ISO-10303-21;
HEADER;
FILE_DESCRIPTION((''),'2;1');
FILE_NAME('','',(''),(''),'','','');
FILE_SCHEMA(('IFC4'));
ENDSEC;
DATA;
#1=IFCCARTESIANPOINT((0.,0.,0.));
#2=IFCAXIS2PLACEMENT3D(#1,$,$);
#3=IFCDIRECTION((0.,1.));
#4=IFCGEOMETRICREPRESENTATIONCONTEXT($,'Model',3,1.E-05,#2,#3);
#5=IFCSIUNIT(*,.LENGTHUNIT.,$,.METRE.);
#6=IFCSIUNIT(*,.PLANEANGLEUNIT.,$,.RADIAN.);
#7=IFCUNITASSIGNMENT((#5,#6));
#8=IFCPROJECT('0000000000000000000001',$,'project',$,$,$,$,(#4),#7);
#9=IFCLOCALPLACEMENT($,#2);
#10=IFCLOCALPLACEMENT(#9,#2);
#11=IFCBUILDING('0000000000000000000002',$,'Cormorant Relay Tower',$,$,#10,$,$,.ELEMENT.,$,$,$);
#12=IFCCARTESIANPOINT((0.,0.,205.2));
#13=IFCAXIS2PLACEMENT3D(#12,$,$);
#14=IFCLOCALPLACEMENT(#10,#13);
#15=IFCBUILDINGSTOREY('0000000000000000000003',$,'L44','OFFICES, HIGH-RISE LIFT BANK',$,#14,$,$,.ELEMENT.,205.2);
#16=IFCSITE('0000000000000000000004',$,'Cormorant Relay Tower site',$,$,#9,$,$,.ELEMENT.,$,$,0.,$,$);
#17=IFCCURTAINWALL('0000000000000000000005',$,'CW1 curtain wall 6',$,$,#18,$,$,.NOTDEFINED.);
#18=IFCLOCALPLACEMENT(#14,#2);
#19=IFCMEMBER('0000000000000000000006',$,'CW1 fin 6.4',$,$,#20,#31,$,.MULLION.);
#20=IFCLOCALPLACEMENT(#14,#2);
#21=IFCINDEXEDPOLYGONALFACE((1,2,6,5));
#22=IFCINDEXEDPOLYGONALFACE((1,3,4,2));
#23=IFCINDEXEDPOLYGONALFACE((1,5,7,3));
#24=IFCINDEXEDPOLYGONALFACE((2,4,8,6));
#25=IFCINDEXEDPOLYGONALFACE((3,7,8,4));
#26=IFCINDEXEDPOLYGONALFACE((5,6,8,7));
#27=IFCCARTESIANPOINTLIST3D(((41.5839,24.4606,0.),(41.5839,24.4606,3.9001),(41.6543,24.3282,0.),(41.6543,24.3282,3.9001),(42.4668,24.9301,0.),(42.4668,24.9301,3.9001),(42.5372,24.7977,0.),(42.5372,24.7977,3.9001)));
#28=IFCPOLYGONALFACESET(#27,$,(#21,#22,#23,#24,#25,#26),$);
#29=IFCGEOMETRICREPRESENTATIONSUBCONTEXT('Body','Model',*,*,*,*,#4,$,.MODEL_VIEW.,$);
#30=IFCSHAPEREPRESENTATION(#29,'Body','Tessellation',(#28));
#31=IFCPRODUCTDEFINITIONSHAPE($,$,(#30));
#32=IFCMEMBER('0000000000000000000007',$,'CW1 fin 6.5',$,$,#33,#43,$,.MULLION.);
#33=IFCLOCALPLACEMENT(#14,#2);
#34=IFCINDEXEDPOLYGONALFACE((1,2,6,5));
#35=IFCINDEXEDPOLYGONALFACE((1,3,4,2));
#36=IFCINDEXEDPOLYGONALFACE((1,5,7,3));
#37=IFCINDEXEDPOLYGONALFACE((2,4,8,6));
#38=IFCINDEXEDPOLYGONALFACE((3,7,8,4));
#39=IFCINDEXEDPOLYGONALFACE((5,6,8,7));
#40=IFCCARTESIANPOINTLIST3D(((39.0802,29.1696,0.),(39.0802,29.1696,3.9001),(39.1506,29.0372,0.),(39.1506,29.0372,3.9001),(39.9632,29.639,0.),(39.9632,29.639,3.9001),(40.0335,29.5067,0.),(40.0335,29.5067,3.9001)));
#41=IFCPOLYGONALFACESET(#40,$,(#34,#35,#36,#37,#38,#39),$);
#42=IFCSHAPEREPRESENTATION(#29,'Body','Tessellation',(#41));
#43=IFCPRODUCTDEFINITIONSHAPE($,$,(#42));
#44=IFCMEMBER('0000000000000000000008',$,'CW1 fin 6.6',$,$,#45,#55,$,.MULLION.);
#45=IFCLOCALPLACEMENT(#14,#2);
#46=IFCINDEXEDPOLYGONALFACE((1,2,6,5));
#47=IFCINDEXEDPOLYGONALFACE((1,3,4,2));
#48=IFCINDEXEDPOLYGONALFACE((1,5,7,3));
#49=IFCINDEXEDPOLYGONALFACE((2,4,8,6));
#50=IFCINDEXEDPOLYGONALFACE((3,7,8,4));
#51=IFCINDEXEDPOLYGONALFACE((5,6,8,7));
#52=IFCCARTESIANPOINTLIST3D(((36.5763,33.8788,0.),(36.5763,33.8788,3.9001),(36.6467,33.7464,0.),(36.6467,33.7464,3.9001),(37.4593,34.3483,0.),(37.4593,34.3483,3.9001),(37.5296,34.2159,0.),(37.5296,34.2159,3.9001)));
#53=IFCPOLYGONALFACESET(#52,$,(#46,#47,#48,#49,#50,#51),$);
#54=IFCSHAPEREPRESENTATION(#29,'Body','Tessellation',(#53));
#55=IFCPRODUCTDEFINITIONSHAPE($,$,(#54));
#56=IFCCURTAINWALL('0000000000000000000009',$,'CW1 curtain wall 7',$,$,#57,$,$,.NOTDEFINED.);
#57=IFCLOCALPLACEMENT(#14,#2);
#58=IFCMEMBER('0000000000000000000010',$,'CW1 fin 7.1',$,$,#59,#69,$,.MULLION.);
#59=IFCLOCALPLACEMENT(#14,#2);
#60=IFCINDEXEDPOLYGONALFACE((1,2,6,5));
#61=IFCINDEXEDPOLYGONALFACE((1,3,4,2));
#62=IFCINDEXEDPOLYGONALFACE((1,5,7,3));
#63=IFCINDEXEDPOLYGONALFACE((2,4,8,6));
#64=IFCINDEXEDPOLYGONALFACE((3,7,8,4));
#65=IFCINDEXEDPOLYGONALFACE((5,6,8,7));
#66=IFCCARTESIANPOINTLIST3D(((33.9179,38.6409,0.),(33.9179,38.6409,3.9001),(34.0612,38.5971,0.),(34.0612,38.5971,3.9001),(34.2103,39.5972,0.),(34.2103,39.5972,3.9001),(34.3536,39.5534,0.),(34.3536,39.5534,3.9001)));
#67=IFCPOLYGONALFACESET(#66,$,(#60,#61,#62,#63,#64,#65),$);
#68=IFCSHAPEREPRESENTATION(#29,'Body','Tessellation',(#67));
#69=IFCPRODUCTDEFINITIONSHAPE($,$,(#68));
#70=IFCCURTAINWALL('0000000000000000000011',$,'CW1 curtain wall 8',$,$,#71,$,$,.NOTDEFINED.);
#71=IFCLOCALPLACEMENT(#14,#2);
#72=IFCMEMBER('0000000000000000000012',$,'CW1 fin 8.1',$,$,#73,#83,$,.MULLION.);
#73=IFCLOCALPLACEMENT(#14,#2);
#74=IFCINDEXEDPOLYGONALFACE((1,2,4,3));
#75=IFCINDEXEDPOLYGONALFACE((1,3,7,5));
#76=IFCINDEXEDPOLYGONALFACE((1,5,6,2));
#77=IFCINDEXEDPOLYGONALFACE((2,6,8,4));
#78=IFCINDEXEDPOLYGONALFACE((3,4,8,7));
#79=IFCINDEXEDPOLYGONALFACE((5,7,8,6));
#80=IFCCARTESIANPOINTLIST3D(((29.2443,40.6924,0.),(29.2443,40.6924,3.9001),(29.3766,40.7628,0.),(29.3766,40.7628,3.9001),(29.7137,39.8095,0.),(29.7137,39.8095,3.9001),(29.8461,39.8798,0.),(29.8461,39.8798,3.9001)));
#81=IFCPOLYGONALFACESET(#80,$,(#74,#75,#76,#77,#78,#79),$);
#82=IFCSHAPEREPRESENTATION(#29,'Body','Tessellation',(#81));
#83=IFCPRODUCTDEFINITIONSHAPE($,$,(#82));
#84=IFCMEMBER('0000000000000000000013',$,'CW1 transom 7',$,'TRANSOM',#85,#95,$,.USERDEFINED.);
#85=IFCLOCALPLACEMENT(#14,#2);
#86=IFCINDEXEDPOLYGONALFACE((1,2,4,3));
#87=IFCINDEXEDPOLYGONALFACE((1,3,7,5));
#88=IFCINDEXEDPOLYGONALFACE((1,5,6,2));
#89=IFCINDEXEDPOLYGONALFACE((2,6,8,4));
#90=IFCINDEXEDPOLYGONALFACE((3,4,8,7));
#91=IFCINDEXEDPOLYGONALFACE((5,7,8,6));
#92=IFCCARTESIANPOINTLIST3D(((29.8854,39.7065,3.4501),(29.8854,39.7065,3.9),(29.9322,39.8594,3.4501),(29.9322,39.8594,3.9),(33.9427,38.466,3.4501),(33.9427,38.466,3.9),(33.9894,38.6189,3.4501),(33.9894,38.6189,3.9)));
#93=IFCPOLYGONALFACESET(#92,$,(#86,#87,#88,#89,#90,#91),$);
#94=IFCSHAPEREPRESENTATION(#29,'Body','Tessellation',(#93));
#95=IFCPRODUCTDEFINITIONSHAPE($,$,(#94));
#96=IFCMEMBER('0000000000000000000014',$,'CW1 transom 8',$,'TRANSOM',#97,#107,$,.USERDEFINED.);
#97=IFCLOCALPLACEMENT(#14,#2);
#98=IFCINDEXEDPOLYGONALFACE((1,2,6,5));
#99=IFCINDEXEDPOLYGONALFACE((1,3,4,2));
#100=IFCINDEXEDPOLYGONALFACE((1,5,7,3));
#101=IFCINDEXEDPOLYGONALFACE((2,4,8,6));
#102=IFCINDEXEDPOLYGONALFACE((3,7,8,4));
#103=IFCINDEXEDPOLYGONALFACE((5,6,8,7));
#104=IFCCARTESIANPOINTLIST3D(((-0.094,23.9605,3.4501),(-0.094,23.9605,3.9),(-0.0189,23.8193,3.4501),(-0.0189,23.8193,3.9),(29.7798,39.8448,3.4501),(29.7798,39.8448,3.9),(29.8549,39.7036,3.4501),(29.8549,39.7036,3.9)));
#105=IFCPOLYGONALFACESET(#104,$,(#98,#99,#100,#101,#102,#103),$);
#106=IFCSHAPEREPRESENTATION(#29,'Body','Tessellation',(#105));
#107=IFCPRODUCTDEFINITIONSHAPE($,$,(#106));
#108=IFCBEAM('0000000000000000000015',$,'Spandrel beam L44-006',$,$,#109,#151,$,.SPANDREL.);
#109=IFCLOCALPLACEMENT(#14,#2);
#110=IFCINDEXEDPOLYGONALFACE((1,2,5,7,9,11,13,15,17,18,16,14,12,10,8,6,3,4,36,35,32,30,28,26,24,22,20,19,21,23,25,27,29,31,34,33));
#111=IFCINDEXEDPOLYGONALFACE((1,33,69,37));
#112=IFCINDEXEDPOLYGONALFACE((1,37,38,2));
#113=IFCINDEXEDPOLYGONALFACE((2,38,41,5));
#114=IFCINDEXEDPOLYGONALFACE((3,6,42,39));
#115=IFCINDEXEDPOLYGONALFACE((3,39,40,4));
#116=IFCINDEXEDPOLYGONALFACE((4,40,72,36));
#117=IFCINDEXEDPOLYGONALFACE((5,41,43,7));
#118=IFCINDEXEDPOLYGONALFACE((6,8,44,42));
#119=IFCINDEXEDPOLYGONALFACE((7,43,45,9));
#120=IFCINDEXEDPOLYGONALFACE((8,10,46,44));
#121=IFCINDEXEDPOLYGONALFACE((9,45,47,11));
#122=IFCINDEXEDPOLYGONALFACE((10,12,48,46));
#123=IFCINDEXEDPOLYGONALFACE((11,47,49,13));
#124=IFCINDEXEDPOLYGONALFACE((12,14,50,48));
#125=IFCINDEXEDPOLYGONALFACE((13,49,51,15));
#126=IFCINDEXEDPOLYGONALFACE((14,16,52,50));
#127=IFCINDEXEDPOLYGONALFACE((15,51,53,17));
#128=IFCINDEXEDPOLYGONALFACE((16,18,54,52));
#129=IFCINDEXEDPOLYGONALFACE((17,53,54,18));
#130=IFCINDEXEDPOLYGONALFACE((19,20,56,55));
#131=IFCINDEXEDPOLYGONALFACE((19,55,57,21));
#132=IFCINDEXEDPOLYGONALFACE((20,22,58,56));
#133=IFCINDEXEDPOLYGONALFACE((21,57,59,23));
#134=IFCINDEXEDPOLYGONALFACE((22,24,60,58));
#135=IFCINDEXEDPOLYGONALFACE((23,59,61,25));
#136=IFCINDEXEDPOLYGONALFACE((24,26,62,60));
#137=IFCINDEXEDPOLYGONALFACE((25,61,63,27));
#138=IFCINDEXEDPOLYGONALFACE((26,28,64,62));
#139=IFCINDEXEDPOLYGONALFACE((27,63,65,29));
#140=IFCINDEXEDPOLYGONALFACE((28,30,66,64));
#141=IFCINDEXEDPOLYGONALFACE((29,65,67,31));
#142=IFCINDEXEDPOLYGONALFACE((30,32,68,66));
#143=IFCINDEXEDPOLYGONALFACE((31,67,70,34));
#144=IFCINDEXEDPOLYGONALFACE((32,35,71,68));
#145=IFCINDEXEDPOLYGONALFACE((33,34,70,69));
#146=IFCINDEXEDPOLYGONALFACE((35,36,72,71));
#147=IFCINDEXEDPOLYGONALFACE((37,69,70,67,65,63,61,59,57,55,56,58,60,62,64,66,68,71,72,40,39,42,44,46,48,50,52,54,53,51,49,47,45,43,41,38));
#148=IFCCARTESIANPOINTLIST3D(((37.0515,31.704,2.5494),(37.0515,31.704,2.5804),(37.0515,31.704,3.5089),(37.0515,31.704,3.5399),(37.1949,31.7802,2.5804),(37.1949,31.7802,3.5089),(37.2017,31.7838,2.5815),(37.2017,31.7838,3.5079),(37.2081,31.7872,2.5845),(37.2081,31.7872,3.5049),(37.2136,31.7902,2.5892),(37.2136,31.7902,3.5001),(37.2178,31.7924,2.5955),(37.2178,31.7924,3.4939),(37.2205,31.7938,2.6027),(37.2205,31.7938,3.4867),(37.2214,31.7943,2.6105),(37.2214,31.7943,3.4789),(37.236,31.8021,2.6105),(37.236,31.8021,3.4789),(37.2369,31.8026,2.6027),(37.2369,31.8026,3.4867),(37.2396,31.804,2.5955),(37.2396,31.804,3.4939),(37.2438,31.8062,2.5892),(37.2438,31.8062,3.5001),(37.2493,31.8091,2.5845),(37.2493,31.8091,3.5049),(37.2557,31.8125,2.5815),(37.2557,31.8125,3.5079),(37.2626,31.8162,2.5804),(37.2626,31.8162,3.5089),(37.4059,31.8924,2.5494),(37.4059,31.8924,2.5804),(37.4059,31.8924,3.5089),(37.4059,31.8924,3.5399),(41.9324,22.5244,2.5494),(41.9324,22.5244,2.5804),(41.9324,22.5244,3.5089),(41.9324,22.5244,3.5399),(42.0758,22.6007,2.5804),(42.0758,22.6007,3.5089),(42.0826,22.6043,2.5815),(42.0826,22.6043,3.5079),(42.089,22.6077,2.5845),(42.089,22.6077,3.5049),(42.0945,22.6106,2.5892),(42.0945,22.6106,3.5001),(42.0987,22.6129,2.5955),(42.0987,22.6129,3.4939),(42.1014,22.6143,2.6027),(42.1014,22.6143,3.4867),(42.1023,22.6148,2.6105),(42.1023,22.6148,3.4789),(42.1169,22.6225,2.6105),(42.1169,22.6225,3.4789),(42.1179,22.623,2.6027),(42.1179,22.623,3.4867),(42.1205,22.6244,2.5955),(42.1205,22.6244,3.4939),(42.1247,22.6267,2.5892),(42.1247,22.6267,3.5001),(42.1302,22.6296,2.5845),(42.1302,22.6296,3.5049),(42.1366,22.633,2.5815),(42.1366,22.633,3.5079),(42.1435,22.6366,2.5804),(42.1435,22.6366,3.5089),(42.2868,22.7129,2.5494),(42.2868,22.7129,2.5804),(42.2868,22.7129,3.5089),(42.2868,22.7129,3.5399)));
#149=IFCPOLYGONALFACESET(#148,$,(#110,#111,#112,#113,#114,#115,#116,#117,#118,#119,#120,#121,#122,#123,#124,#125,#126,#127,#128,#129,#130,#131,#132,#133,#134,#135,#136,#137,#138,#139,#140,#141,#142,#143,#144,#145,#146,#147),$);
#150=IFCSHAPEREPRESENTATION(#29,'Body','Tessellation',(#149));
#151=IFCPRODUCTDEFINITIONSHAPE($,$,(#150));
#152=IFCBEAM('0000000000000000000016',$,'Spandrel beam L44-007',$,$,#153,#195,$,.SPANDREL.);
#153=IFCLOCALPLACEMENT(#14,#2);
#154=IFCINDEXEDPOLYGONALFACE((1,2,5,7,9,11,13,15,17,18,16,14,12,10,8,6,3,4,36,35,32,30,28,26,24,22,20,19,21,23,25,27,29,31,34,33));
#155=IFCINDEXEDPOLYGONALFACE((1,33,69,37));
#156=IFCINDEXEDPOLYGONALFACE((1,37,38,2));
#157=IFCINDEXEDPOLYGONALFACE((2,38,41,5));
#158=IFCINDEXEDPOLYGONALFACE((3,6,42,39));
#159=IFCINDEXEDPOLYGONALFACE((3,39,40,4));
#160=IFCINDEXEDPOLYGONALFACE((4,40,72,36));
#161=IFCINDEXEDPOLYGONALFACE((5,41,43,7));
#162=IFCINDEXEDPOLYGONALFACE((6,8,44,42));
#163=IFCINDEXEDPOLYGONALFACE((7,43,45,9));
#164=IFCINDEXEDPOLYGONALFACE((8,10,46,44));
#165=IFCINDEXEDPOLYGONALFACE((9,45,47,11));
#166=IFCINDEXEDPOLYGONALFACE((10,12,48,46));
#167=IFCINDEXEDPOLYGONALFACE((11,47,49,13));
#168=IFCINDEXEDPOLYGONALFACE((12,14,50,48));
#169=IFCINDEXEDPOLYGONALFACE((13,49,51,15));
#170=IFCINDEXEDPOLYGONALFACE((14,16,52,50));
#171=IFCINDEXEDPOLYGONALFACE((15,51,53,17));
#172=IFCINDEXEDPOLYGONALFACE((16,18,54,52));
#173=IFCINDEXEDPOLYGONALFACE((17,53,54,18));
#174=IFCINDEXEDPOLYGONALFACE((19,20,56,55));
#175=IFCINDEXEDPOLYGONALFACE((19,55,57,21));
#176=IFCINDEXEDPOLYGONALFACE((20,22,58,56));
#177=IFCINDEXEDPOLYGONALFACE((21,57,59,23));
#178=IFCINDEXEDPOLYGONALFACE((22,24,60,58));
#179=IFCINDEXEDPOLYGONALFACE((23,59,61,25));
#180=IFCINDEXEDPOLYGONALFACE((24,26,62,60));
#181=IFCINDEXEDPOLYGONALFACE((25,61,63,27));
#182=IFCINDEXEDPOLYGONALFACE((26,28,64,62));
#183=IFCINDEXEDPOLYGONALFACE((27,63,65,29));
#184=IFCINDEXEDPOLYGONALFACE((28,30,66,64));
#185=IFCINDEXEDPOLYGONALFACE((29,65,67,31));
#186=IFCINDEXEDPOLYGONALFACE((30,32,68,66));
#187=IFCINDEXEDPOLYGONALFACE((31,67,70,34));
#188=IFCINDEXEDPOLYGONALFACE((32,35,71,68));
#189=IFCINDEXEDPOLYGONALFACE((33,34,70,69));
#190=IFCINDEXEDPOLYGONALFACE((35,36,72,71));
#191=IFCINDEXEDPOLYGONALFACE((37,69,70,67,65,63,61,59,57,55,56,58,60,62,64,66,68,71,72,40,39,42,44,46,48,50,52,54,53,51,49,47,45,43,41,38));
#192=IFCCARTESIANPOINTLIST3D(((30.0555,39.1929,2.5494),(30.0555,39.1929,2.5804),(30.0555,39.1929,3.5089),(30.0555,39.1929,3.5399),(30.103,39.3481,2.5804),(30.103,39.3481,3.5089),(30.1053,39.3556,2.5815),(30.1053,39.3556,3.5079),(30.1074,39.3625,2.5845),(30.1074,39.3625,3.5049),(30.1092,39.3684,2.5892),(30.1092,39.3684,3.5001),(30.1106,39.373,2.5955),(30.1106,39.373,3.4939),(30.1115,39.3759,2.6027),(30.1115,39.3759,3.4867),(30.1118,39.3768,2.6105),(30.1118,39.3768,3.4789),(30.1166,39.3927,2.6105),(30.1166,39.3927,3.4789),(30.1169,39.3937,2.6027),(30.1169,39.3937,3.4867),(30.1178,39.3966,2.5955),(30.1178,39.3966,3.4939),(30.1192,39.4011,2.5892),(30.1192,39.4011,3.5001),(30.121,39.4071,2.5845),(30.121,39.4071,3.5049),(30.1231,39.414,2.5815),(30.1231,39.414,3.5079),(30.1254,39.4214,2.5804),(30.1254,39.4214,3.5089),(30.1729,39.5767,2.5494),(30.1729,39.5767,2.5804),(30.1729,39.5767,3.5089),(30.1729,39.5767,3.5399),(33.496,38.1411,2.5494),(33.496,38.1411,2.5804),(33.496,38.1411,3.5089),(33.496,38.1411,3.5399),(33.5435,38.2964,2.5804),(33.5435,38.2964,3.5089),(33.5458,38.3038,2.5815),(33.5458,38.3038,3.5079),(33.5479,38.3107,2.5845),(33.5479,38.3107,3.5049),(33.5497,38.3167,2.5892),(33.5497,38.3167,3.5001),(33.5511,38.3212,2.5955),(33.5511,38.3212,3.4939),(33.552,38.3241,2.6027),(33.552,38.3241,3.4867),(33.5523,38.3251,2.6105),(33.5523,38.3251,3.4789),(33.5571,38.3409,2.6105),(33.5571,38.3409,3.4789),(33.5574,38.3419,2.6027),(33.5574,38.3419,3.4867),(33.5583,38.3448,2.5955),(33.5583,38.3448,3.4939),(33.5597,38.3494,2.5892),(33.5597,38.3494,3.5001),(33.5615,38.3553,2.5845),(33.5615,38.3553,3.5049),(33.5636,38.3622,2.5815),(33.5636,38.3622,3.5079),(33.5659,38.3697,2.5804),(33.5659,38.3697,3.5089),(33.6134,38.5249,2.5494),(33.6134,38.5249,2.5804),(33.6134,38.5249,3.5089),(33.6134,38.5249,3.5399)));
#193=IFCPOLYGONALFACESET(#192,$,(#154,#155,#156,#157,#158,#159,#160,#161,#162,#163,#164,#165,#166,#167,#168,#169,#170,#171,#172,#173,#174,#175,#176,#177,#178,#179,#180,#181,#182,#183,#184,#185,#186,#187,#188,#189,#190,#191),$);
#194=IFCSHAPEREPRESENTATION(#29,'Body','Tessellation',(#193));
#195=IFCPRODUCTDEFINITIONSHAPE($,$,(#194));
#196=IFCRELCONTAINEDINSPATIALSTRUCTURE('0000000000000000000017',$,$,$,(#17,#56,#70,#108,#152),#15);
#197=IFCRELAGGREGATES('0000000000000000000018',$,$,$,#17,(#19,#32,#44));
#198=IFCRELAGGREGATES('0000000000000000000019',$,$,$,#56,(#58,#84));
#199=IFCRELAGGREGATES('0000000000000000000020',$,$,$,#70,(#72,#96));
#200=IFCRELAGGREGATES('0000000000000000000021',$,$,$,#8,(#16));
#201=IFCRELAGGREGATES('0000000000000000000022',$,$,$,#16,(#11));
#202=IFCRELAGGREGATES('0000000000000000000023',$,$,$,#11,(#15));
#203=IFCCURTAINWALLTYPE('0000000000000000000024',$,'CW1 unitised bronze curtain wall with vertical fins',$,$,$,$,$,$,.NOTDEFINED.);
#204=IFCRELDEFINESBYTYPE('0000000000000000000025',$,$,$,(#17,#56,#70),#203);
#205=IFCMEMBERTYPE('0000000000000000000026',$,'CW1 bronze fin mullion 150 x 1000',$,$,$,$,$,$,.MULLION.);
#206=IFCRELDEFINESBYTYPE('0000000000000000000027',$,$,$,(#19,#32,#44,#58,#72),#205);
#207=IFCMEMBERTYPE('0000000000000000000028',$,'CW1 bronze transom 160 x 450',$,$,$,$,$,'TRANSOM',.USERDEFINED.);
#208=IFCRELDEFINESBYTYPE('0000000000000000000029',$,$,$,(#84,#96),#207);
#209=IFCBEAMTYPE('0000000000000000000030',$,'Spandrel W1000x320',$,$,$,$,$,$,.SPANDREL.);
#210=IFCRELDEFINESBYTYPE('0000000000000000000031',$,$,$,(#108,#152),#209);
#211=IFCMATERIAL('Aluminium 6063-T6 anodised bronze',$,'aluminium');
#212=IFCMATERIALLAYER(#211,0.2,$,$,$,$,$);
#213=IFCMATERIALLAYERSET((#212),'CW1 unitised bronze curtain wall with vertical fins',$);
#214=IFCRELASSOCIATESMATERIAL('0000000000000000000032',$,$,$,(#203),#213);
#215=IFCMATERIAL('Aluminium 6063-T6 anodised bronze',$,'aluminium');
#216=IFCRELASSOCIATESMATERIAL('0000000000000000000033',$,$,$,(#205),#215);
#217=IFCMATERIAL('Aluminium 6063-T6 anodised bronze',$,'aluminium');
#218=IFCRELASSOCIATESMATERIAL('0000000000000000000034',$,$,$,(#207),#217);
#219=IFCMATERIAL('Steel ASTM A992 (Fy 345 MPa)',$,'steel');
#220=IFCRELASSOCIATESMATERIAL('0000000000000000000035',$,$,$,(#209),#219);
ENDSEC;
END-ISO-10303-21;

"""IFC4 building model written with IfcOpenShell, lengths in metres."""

from ifc_helpers import new_model, si_unit, direction, frame, origin, origin_2d, place, context, subcontext, project, spatial, rectangle, i_section, extrude, material, layer, layer_set, material_profile, profile_set, type_object, element, aggregate, save


model = new_model("IFC4")

# Units and contexts
model_context = context("Model", 3, precision=1e-05, world=origin(), true_north=direction((0.0, 1.0)))
body_context = subcontext(model_context, "Body", "Model", "MODEL_VIEW")
ifc_project = project(units=[si_unit("LENGTHUNIT", "METRE"), si_unit("PLANEANGLEUNIT", "RADIAN")], contexts=[model_context])

# Site, building, storey
site_placement = place(None, origin())
site = spatial("IfcSite", under=ifc_project, at=site_placement, Name="Cormorant Relay Tower site", CompositionType="ELEMENT", RefElevation=0.0)
building_placement = place(site_placement, origin())
building = spatial("IfcBuilding", under=site, at=building_placement, Name="Cormorant Relay Tower", CompositionType="ELEMENT")
storey_placement = place(building_placement, frame((0.0, 0.0, 205.2)))
storey = spatial("IfcBuildingStorey", under=building, at=storey_placement, Name="L44", Description="OFFICES, HIGH-RISE LIFT BANK", CompositionType="ELEMENT", Elevation=205.2)

# Curtain wall, members
ifc_material_1 = material(Name="Aluminium 6063-T6 anodised bronze", Category="aluminium")
ifc_layer_1 = layer(ifc_material_1, 0.2)
ifc_layer_set_1 = layer_set([ifc_layer_1], Name="CW1 unitised bronze curtain wall with vertical fins")
curtain_wall_type = type_object("IfcCurtainWallType", Name="CW1 unitised bronze curtain wall with vertical fins", PredefinedType="NOTDEFINED", material=ifc_layer_set_1)
curtain_wall_1_placement = place(storey_placement, origin())
curtain_wall_1 = element("IfcCurtainWall", 1, at=curtain_wall_1_placement, inside=storey, type_object=curtain_wall_type, Name="CW1 curtain wall 6", PredefinedType="NOTDEFINED")
ifc_material_2 = material(Name="Aluminium 6063-T6 anodised bronze", Category="aluminium")
ifc_material_profile_1 = material_profile(ifc_material_2, rectangle(XDim=0.1499, YDim=1.0, at=origin_2d()), Name="AL 150x1000")
ifc_profile_set_1 = profile_set([ifc_material_profile_1], Name="Aluminium 6063-T6 anodised bronze")
member_type_1 = type_object("IfcMemberType", Name="CW1 bronze fin mullion 150 x 1000", PredefinedType="MULLION", material=ifc_profile_set_1)
member_1_placement = place(storey_placement, frame((42.0605, 24.6292, 0.0), z_axis=(0.0, 0.0, 1.0), x_axis=(-0.469472, 0.882948, 0.0)))
member_1 = element("IfcMember", 2, at=member_1_placement, type_object=member_type_1, Name="CW1 fin 6.4", PredefinedType="MULLION", context=body_context, shape_type="SweptSolid", body=[
    extrude(rectangle(XDim=0.1499, YDim=1.0, at=origin_2d()), origin(), (0.0, 0.0, 1.0), 3.9001),
])
member_2_placement = place(storey_placement, frame((39.5569, 29.3381, 0.0), z_axis=(0.0, 0.0, 1.0), x_axis=(-0.469472, 0.882948, 0.0)))
member_2 = element("IfcMember", 3, at=member_2_placement, type_object=member_type_1, Name="CW1 fin 6.5", PredefinedType="MULLION", context=body_context, shape_type="SweptSolid", body=[
    extrude(rectangle(XDim=0.1499, YDim=1.0, at=origin_2d()), origin(), (0.0, 0.0, 1.0), 3.9001),
])
member_3_placement = place(storey_placement, frame((37.053, 34.0474, 0.0), z_axis=(0.0, 0.0, 1.0), x_axis=(-0.469472, 0.882948, 0.0)))
member_3 = element("IfcMember", 4, at=member_3_placement, type_object=member_type_1, Name="CW1 fin 6.6", PredefinedType="MULLION", context=body_context, shape_type="SweptSolid", body=[
    extrude(rectangle(XDim=0.1499, YDim=1.0, at=origin_2d()), origin(), (0.0, 0.0, 1.0), 3.9001),
])

# Curtain walls, members
curtain_wall_2_placement = place(storey_placement, origin())
curtain_wall_2 = element("IfcCurtainWall", 5, at=curtain_wall_2_placement, inside=storey, type_object=curtain_wall_type, Name="CW1 curtain wall 7", PredefinedType="NOTDEFINED")
member_4_placement = place(storey_placement, frame((34.1357, 39.0972, 0.0), z_axis=(0.0, 0.0, 1.0), x_axis=(-0.956305, 0.292372, 0.0)))
member_4 = element("IfcMember", 6, at=member_4_placement, type_object=member_type_1, Name="CW1 fin 7.1", PredefinedType="MULLION", context=body_context, shape_type="SweptSolid", body=[
    extrude(rectangle(XDim=0.1499, YDim=1.0, at=origin_2d()), origin(), (0.0, 0.0, 1.0), 3.9001),
])
curtain_wall_3_placement = place(storey_placement, origin())
curtain_wall_3 = element("IfcCurtainWall", 7, at=curtain_wall_3_placement, inside=storey, type_object=curtain_wall_type, Name="CW1 curtain wall 8", PredefinedType="NOTDEFINED")
member_5_placement = place(storey_placement, frame((29.5452, 40.2861, 0.0), z_axis=(0.0, 0.0, 1.0), x_axis=(-0.882948, -0.469472, 0.0)))
member_5 = element("IfcMember", 8, at=member_5_placement, type_object=member_type_1, Name="CW1 fin 8.1", PredefinedType="MULLION", context=body_context, shape_type="SweptSolid", body=[
    extrude(rectangle(XDim=0.1499, YDim=1.0, at=origin_2d()), origin(), (0.0, 0.0, 1.0), 3.9001),
])

# Members
ifc_material_3 = material(Name="Aluminium 6063-T6 anodised bronze", Category="aluminium")
ifc_material_profile_2 = material_profile(ifc_material_3, rectangle(XDim=0.1599, YDim=0.45, at=origin_2d()), Name="AL 160x450")
ifc_profile_set_2 = profile_set([ifc_material_profile_2], Name="Aluminium 6063-T6 anodised bronze")
member_type_2 = type_object("IfcMemberType", Name="CW1 bronze transom 160 x 450", ElementType="TRANSOM", PredefinedType="USERDEFINED", material=ifc_profile_set_2)
member_6_placement = place(storey_placement, frame((33.9661, 38.5425, 3.675), z_axis=(-0.956304, 0.292375, 0.0), x_axis=(-0.292375, -0.956304, 0.0)))
member_6 = element("IfcMember", 9, at=member_6_placement, type_object=member_type_2, Name="CW1 transom 7", ObjectType="TRANSOM", PredefinedType="USERDEFINED", context=body_context, shape_type="SweptSolid", body=[
    extrude(rectangle(XDim=0.1599, YDim=0.45, at=origin_2d()), origin(), (0.0, 0.0, 1.0), 4.2427),
])
member_7_placement = place(storey_placement, frame((29.8174, 39.7742, 3.675), z_axis=(-0.882946, -0.469474, 0.0), x_axis=(0.469474, -0.882946, 0.0)))
member_7 = element("IfcMember", 10, at=member_7_placement, type_object=member_type_2, Name="CW1 transom 8", ObjectType="TRANSOM", PredefinedType="USERDEFINED", context=body_context, shape_type="SweptSolid", body=[
    extrude(rectangle(XDim=0.1599, YDim=0.45, at=origin_2d()), origin(), (0.0, 0.0, 1.0), 33.8342),
])

# Beams
ifc_material_4 = material(Name="Steel ASTM A992 (Fy 345 MPa)", Category="steel")
ifc_material_profile_3 = material_profile(ifc_material_4, i_section(OverallWidth=0.4014, OverallDepth=0.9905, WebThickness=0.0166, FlangeThickness=0.031, FilletRadius=0.03, at=origin_2d()), Name="W1000x320")
ifc_profile_set_3 = profile_set([ifc_material_profile_3], Name="Steel ASTM A992 (Fy 345 MPa)")
beam_type_1 = type_object("IfcBeamType", Name="Spandrel W1000x320", PredefinedType="SPANDREL", material=ifc_profile_set_3)
beam_1_placement = place(storey_placement, frame((42.1096, 22.6187, 3.0447), z_axis=(-0.469476, 0.882945, 0.0), x_axis=(-0.882945, -0.469476, 0.0)))
element("IfcBeam", 11, at=beam_1_placement, inside=storey, type_object=beam_type_1, Name="Spandrel beam L44-006", PredefinedType="SPANDREL", context=body_context, shape_type="SweptSolid", body=[
    extrude(i_section(OverallWidth=0.4014, OverallDepth=0.9905, WebThickness=0.0166, FlangeThickness=0.031, FilletRadius=0.03, at=origin_2d()), origin(), (0.0, 0.0, 1.0), 10.3965),
])
beam_2_placement = place(storey_placement, frame((33.5547, 38.333, 3.0447), z_axis=(-0.956312, 0.29235, 0.0), x_axis=(-0.29235, -0.956312, 0.0)))
element("IfcBeam", 12, at=beam_2_placement, inside=storey, type_object=beam_type_1, Name="Spandrel beam L44-007", PredefinedType="SPANDREL", context=body_context, shape_type="SweptSolid", body=[
    extrude(i_section(OverallWidth=0.4014, OverallDepth=0.9905, WebThickness=0.0166, FlangeThickness=0.031, FilletRadius=0.03, at=origin_2d()), origin(), (0.0, 0.0, 1.0), 3.5977),
])

aggregate(curtain_wall_1, [member_1, member_2, member_3])
aggregate(curtain_wall_2, [member_4, member_6])
aggregate(curtain_wall_3, [member_5, member_7])

save(model, "model.ifc")
